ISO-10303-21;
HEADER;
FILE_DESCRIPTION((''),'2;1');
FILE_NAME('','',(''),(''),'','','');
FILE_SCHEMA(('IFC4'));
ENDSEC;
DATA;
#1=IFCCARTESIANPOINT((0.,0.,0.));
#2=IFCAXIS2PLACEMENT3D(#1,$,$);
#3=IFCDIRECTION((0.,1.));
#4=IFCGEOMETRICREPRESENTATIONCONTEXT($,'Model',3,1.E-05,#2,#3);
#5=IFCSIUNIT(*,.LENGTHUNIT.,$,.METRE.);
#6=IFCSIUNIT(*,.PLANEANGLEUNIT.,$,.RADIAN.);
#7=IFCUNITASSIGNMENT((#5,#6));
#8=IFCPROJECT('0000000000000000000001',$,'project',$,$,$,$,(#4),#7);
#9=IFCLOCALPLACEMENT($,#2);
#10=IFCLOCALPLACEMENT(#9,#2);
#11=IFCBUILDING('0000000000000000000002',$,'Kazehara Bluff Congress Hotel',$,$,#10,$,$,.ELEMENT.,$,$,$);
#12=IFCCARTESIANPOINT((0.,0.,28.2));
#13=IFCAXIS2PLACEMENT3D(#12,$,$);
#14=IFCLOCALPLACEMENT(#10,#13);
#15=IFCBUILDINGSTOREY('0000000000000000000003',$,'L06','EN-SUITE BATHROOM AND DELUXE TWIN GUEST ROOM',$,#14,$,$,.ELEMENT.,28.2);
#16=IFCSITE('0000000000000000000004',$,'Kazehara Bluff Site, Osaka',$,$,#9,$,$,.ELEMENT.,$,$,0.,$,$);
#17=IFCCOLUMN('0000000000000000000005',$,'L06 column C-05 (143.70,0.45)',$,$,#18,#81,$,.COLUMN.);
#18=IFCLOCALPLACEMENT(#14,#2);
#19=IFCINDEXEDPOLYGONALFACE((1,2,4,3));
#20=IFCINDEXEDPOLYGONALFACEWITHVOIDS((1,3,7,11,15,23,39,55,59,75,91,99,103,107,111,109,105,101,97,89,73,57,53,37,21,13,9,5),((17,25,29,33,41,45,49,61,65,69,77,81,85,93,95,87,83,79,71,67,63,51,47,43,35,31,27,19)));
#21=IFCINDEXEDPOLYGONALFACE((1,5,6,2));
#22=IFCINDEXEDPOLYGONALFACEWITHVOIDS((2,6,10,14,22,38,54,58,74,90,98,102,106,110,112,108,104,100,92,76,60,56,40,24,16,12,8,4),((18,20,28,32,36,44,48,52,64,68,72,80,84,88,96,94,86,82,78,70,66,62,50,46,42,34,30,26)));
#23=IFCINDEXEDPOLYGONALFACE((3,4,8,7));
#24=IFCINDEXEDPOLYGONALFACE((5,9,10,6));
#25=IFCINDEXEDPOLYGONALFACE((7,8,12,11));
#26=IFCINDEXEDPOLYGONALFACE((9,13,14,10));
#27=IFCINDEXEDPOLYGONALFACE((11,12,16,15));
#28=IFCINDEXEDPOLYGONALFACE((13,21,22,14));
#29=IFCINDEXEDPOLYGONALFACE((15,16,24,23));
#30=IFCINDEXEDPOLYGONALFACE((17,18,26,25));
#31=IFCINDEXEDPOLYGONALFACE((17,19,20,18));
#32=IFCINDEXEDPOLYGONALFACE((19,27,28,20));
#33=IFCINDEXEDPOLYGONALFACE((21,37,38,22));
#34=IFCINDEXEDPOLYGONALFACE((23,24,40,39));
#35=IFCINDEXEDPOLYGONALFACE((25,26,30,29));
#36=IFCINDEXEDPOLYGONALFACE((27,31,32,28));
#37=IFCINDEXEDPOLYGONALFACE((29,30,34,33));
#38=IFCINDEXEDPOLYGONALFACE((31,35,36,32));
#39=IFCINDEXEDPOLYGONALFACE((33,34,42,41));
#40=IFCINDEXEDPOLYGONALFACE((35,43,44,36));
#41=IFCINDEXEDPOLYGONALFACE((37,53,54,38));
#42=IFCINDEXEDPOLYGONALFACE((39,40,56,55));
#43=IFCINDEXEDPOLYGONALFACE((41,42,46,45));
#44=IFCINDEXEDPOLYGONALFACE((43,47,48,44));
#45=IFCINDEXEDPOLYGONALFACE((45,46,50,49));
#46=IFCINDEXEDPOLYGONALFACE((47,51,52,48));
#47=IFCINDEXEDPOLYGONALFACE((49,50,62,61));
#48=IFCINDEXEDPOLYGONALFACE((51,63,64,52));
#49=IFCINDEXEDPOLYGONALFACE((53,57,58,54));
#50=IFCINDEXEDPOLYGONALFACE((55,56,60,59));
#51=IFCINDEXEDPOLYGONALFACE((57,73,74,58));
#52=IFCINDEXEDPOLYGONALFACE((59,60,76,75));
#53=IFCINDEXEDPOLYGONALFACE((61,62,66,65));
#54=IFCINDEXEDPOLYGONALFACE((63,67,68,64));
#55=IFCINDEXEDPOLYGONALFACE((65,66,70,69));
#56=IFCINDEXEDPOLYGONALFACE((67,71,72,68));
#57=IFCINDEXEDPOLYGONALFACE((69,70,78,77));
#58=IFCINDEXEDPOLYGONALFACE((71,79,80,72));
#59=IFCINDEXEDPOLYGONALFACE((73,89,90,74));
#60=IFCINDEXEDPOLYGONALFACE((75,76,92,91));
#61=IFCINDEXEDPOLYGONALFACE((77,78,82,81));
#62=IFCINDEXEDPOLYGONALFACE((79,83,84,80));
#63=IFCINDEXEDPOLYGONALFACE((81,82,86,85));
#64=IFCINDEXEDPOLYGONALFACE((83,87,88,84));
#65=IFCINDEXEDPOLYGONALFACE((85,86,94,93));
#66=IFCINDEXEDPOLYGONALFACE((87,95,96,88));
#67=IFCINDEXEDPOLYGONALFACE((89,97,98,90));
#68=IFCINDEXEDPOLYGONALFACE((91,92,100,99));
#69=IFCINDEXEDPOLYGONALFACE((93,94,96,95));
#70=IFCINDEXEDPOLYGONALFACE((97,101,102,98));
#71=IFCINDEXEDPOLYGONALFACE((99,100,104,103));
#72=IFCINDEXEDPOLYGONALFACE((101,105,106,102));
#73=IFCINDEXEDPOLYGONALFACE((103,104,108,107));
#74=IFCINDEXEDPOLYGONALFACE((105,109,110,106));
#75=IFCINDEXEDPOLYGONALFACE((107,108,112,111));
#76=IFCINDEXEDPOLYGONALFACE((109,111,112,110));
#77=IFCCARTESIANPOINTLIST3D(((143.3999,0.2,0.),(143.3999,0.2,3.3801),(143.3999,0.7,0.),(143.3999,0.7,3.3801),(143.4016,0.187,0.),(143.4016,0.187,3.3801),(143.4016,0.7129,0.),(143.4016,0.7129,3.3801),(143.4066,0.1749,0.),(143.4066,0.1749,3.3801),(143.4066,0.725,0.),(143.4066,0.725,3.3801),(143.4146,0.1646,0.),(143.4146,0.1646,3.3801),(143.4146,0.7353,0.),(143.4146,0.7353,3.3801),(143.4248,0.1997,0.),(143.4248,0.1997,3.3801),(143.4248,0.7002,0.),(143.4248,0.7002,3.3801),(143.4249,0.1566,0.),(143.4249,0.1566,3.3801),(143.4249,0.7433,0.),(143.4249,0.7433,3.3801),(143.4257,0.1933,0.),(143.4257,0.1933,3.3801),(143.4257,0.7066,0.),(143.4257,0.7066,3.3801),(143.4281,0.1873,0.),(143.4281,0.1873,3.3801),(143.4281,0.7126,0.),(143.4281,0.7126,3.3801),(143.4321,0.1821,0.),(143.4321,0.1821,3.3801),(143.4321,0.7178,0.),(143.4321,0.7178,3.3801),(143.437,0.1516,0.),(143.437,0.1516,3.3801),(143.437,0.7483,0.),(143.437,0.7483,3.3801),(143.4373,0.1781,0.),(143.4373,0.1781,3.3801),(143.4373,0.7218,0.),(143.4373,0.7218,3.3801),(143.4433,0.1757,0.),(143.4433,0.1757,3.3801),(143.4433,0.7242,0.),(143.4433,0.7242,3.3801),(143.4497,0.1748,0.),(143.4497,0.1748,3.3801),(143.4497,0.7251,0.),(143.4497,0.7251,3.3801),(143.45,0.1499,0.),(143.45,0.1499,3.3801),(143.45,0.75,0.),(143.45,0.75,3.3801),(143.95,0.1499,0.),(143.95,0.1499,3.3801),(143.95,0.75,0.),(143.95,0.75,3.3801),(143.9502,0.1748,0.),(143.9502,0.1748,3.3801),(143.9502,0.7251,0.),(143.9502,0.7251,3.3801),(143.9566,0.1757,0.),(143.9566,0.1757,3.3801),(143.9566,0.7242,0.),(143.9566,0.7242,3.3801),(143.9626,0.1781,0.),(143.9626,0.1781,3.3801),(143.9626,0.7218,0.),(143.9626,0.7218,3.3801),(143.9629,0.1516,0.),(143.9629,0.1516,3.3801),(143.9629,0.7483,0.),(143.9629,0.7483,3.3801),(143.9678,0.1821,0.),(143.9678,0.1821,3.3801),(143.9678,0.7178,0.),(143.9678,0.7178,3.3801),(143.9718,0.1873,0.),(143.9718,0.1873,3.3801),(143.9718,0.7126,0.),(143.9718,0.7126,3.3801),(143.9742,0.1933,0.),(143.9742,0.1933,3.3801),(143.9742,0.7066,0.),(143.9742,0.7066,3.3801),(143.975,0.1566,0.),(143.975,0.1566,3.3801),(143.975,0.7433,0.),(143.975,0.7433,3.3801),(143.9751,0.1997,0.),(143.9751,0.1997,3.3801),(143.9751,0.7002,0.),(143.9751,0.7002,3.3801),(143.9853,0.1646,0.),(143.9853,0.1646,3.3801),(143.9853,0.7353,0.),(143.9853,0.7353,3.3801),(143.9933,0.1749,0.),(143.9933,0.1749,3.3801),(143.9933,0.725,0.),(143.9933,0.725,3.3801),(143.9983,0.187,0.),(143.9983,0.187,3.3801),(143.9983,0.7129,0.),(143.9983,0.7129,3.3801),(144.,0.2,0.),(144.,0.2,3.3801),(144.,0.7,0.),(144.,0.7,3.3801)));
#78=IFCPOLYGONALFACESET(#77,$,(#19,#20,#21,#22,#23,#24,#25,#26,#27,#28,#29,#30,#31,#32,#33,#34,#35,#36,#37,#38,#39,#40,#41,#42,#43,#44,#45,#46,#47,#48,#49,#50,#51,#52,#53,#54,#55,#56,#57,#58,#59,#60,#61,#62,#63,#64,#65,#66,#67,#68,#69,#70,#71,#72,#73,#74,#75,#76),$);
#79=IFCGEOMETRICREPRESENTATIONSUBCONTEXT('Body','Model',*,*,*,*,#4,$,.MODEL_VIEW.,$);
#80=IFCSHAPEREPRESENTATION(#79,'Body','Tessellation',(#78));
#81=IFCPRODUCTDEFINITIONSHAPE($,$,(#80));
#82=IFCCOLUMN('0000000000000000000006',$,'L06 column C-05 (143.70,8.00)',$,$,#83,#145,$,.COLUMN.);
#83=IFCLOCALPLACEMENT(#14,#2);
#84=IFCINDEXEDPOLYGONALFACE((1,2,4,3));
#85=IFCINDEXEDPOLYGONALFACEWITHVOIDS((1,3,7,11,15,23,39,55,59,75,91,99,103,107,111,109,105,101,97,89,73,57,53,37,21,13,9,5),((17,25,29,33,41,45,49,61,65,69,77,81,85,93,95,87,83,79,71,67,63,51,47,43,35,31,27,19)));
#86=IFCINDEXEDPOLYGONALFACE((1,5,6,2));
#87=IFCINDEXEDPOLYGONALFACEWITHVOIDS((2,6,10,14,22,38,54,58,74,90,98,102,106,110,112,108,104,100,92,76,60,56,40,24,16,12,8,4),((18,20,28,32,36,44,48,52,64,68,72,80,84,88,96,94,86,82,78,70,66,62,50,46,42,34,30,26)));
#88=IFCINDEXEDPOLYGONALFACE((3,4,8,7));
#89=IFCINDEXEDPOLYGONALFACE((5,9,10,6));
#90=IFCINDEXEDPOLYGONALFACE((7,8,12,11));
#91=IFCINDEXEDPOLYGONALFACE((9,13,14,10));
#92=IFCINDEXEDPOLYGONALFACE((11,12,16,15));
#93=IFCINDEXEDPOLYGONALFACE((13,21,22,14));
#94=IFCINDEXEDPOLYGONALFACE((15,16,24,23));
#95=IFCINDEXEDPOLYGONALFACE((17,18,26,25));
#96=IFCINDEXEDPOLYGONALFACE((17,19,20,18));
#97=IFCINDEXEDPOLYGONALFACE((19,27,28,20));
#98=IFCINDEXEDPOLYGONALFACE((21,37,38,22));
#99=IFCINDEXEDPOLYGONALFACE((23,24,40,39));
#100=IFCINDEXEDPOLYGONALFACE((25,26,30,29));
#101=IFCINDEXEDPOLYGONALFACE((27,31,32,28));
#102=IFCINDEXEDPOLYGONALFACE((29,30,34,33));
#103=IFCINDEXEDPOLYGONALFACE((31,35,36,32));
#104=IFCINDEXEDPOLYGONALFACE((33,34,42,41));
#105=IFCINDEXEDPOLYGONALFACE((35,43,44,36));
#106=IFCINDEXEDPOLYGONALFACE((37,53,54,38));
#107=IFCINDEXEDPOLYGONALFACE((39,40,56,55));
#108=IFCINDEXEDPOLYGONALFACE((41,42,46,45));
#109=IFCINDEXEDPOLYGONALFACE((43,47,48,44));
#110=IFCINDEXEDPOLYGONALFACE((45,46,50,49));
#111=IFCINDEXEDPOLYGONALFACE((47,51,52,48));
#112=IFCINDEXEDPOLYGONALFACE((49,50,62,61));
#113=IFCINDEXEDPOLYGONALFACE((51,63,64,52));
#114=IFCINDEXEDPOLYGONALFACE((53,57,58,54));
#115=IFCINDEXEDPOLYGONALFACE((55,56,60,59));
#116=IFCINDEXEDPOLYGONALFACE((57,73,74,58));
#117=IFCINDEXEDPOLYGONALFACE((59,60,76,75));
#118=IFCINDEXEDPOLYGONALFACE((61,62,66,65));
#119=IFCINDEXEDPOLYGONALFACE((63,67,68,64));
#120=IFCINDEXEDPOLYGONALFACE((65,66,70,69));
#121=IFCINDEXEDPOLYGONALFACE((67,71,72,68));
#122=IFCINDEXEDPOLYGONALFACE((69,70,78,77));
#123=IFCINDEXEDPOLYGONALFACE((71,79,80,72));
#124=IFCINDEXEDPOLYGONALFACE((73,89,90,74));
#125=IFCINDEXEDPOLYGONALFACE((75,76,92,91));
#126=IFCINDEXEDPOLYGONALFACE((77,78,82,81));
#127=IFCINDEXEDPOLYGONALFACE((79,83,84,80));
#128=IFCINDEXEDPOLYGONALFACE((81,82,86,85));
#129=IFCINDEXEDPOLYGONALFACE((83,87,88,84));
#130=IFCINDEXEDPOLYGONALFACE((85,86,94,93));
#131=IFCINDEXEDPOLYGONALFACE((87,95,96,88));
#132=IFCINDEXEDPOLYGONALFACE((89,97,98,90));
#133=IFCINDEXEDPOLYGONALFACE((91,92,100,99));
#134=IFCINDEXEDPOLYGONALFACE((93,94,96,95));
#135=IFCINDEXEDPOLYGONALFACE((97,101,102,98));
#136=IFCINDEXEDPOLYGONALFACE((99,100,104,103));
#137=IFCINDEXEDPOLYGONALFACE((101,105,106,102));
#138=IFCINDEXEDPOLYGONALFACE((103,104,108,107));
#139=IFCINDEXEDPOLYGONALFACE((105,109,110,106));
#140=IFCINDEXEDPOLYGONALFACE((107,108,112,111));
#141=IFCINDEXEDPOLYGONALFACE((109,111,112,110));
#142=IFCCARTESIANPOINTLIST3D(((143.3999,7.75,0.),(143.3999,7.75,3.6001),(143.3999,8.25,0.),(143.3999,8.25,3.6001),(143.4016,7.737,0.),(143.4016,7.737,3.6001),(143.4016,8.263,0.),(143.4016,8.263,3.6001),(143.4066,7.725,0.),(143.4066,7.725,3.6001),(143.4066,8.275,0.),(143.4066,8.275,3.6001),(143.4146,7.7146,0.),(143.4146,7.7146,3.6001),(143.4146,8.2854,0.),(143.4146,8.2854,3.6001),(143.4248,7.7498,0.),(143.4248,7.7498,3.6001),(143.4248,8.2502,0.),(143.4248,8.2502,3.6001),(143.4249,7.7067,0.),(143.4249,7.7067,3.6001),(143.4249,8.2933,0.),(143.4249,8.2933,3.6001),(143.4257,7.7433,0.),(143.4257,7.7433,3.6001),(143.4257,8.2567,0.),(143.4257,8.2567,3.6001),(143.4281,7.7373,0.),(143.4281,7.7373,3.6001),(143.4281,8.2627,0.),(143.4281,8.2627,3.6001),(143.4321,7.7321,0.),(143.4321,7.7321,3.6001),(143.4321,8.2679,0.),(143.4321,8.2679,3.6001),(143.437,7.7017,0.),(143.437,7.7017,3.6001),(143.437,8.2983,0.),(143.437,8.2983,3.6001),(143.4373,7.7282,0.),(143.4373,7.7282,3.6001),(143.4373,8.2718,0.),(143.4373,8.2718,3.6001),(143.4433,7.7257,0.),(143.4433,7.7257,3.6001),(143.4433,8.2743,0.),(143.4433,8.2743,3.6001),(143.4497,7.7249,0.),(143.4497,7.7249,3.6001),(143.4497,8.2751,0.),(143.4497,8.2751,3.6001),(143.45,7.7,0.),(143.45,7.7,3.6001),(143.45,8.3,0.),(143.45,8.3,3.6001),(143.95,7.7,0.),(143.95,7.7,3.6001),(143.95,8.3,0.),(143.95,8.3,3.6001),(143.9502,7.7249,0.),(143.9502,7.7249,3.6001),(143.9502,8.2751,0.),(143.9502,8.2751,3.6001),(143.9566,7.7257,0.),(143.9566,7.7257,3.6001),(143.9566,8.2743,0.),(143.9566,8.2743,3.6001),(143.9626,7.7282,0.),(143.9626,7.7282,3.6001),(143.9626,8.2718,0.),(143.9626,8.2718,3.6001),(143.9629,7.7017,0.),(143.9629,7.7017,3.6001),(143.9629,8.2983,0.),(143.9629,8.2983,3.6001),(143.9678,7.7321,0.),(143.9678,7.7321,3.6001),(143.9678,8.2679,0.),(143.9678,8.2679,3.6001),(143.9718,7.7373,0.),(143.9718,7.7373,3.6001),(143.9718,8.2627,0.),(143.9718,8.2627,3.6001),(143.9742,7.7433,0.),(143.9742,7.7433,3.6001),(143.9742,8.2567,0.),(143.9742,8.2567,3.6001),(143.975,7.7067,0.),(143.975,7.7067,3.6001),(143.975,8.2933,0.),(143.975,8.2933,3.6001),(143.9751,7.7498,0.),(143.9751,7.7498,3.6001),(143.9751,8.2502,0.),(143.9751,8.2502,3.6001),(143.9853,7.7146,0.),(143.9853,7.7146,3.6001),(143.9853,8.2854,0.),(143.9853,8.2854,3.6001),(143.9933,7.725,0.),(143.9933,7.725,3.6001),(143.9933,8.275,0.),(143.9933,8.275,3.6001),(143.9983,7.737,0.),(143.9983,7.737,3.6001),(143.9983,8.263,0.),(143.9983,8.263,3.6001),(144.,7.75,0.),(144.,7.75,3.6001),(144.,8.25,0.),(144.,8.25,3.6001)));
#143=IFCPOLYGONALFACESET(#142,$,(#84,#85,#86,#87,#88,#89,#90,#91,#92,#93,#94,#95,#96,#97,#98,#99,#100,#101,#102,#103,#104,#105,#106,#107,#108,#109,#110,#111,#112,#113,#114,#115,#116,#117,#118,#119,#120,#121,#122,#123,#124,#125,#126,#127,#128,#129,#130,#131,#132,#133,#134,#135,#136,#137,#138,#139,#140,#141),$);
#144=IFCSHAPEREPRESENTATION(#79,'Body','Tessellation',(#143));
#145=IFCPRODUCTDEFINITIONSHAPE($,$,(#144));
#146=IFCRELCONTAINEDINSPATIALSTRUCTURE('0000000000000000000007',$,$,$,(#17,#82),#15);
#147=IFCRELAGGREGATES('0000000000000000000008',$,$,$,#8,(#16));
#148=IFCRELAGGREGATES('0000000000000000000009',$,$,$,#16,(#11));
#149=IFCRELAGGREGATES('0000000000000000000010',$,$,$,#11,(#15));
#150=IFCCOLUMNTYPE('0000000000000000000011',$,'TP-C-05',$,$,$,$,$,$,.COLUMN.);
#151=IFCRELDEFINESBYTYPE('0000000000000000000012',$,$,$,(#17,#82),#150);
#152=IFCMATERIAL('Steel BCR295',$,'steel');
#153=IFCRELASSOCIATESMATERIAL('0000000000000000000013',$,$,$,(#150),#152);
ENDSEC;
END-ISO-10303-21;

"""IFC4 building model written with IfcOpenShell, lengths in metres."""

from ifc_helpers import new_model, si_unit, direction, frame, origin, origin_2d, place, context, subcontext, project, spatial, hollow_rectangle, extrude, material, material_profile, profile_set, type_object, element, save


model = new_model("IFC4")

# Units and contexts
model_context = context("Model", 3, precision=1e-05, world=origin(), true_north=direction((0.0, 1.0)))
body_context = subcontext(model_context, "Body", "Model", "MODEL_VIEW")
ifc_project = project(units=[si_unit("LENGTHUNIT", "METRE"), si_unit("PLANEANGLEUNIT", "RADIAN")], contexts=[model_context])

# Site, building, storey
site_placement = place(None, origin())
site = spatial("IfcSite", under=ifc_project, at=site_placement, Name="Kazehara Bluff Site, Osaka", CompositionType="ELEMENT", RefElevation=0.0)
building_placement = place(site_placement, origin())
building = spatial("IfcBuilding", under=site, at=building_placement, Name="Kazehara Bluff Congress Hotel", CompositionType="ELEMENT")
storey_placement = place(building_placement, frame((0.0, 0.0, 28.2)))
storey = spatial("IfcBuildingStorey", under=building, at=storey_placement, Name="L06", Description="EN-SUITE BATHROOM AND DELUXE TWIN GUEST ROOM", CompositionType="ELEMENT", Elevation=28.2)

# Columns
ifc_material_1 = material(Name="Steel BCR295", Category="steel")
ifc_material_profile_1 = material_profile(ifc_material_1, hollow_rectangle(XDim=0.6001, YDim=0.6001, WallThickness=0.0249, InnerFilletRadius=0.0249, OuterFilletRadius=0.05, at=origin_2d()))
ifc_profile_set_1 = profile_set([ifc_material_profile_1], Name="Steel BCR295")
column_type = type_object("IfcColumnType", Name="TP-C-05", PredefinedType="COLUMN", material=ifc_profile_set_1)
column_1_placement = place(storey_placement, frame((143.7, 0.45, 0.0), z_axis=(0.0, 0.0, 1.0), x_axis=(1.0, 0.0, 0.0)))
element("IfcColumn", 1, at=column_1_placement, inside=storey, type_object=column_type, Name="L06 column C-05 (143.70,0.45)", PredefinedType="COLUMN", context=body_context, shape_type="SweptSolid", body=[
    extrude(hollow_rectangle(XDim=0.6001, YDim=0.6001, WallThickness=0.0249, InnerFilletRadius=0.0249, OuterFilletRadius=0.05, at=origin_2d()), origin(), (0.0, 0.0, 1.0), 3.3801),
])
for number, where, z_axis, x_axis, name in (
    (2, (143.7, 8.0, 0.0), (0.0, 0.0, 1.0), (1.0, 0.0, 0.0), "L06 column C-05 (143.70,8.00)"),
):
    element("IfcColumn", number, at=place(storey_placement, frame(where, z_axis=z_axis, x_axis=x_axis)), inside=storey, type_object=column_type, Name=name, PredefinedType="COLUMN", context=body_context, shape_type="SweptSolid", body=[
        extrude(hollow_rectangle(XDim=0.6001, YDim=0.6001, WallThickness=0.0249, InnerFilletRadius=0.0249, OuterFilletRadius=0.05, at=origin_2d()), origin(), (0.0, 0.0, 1.0), 3.6001),
    ])

save(model, "model.ifc")
